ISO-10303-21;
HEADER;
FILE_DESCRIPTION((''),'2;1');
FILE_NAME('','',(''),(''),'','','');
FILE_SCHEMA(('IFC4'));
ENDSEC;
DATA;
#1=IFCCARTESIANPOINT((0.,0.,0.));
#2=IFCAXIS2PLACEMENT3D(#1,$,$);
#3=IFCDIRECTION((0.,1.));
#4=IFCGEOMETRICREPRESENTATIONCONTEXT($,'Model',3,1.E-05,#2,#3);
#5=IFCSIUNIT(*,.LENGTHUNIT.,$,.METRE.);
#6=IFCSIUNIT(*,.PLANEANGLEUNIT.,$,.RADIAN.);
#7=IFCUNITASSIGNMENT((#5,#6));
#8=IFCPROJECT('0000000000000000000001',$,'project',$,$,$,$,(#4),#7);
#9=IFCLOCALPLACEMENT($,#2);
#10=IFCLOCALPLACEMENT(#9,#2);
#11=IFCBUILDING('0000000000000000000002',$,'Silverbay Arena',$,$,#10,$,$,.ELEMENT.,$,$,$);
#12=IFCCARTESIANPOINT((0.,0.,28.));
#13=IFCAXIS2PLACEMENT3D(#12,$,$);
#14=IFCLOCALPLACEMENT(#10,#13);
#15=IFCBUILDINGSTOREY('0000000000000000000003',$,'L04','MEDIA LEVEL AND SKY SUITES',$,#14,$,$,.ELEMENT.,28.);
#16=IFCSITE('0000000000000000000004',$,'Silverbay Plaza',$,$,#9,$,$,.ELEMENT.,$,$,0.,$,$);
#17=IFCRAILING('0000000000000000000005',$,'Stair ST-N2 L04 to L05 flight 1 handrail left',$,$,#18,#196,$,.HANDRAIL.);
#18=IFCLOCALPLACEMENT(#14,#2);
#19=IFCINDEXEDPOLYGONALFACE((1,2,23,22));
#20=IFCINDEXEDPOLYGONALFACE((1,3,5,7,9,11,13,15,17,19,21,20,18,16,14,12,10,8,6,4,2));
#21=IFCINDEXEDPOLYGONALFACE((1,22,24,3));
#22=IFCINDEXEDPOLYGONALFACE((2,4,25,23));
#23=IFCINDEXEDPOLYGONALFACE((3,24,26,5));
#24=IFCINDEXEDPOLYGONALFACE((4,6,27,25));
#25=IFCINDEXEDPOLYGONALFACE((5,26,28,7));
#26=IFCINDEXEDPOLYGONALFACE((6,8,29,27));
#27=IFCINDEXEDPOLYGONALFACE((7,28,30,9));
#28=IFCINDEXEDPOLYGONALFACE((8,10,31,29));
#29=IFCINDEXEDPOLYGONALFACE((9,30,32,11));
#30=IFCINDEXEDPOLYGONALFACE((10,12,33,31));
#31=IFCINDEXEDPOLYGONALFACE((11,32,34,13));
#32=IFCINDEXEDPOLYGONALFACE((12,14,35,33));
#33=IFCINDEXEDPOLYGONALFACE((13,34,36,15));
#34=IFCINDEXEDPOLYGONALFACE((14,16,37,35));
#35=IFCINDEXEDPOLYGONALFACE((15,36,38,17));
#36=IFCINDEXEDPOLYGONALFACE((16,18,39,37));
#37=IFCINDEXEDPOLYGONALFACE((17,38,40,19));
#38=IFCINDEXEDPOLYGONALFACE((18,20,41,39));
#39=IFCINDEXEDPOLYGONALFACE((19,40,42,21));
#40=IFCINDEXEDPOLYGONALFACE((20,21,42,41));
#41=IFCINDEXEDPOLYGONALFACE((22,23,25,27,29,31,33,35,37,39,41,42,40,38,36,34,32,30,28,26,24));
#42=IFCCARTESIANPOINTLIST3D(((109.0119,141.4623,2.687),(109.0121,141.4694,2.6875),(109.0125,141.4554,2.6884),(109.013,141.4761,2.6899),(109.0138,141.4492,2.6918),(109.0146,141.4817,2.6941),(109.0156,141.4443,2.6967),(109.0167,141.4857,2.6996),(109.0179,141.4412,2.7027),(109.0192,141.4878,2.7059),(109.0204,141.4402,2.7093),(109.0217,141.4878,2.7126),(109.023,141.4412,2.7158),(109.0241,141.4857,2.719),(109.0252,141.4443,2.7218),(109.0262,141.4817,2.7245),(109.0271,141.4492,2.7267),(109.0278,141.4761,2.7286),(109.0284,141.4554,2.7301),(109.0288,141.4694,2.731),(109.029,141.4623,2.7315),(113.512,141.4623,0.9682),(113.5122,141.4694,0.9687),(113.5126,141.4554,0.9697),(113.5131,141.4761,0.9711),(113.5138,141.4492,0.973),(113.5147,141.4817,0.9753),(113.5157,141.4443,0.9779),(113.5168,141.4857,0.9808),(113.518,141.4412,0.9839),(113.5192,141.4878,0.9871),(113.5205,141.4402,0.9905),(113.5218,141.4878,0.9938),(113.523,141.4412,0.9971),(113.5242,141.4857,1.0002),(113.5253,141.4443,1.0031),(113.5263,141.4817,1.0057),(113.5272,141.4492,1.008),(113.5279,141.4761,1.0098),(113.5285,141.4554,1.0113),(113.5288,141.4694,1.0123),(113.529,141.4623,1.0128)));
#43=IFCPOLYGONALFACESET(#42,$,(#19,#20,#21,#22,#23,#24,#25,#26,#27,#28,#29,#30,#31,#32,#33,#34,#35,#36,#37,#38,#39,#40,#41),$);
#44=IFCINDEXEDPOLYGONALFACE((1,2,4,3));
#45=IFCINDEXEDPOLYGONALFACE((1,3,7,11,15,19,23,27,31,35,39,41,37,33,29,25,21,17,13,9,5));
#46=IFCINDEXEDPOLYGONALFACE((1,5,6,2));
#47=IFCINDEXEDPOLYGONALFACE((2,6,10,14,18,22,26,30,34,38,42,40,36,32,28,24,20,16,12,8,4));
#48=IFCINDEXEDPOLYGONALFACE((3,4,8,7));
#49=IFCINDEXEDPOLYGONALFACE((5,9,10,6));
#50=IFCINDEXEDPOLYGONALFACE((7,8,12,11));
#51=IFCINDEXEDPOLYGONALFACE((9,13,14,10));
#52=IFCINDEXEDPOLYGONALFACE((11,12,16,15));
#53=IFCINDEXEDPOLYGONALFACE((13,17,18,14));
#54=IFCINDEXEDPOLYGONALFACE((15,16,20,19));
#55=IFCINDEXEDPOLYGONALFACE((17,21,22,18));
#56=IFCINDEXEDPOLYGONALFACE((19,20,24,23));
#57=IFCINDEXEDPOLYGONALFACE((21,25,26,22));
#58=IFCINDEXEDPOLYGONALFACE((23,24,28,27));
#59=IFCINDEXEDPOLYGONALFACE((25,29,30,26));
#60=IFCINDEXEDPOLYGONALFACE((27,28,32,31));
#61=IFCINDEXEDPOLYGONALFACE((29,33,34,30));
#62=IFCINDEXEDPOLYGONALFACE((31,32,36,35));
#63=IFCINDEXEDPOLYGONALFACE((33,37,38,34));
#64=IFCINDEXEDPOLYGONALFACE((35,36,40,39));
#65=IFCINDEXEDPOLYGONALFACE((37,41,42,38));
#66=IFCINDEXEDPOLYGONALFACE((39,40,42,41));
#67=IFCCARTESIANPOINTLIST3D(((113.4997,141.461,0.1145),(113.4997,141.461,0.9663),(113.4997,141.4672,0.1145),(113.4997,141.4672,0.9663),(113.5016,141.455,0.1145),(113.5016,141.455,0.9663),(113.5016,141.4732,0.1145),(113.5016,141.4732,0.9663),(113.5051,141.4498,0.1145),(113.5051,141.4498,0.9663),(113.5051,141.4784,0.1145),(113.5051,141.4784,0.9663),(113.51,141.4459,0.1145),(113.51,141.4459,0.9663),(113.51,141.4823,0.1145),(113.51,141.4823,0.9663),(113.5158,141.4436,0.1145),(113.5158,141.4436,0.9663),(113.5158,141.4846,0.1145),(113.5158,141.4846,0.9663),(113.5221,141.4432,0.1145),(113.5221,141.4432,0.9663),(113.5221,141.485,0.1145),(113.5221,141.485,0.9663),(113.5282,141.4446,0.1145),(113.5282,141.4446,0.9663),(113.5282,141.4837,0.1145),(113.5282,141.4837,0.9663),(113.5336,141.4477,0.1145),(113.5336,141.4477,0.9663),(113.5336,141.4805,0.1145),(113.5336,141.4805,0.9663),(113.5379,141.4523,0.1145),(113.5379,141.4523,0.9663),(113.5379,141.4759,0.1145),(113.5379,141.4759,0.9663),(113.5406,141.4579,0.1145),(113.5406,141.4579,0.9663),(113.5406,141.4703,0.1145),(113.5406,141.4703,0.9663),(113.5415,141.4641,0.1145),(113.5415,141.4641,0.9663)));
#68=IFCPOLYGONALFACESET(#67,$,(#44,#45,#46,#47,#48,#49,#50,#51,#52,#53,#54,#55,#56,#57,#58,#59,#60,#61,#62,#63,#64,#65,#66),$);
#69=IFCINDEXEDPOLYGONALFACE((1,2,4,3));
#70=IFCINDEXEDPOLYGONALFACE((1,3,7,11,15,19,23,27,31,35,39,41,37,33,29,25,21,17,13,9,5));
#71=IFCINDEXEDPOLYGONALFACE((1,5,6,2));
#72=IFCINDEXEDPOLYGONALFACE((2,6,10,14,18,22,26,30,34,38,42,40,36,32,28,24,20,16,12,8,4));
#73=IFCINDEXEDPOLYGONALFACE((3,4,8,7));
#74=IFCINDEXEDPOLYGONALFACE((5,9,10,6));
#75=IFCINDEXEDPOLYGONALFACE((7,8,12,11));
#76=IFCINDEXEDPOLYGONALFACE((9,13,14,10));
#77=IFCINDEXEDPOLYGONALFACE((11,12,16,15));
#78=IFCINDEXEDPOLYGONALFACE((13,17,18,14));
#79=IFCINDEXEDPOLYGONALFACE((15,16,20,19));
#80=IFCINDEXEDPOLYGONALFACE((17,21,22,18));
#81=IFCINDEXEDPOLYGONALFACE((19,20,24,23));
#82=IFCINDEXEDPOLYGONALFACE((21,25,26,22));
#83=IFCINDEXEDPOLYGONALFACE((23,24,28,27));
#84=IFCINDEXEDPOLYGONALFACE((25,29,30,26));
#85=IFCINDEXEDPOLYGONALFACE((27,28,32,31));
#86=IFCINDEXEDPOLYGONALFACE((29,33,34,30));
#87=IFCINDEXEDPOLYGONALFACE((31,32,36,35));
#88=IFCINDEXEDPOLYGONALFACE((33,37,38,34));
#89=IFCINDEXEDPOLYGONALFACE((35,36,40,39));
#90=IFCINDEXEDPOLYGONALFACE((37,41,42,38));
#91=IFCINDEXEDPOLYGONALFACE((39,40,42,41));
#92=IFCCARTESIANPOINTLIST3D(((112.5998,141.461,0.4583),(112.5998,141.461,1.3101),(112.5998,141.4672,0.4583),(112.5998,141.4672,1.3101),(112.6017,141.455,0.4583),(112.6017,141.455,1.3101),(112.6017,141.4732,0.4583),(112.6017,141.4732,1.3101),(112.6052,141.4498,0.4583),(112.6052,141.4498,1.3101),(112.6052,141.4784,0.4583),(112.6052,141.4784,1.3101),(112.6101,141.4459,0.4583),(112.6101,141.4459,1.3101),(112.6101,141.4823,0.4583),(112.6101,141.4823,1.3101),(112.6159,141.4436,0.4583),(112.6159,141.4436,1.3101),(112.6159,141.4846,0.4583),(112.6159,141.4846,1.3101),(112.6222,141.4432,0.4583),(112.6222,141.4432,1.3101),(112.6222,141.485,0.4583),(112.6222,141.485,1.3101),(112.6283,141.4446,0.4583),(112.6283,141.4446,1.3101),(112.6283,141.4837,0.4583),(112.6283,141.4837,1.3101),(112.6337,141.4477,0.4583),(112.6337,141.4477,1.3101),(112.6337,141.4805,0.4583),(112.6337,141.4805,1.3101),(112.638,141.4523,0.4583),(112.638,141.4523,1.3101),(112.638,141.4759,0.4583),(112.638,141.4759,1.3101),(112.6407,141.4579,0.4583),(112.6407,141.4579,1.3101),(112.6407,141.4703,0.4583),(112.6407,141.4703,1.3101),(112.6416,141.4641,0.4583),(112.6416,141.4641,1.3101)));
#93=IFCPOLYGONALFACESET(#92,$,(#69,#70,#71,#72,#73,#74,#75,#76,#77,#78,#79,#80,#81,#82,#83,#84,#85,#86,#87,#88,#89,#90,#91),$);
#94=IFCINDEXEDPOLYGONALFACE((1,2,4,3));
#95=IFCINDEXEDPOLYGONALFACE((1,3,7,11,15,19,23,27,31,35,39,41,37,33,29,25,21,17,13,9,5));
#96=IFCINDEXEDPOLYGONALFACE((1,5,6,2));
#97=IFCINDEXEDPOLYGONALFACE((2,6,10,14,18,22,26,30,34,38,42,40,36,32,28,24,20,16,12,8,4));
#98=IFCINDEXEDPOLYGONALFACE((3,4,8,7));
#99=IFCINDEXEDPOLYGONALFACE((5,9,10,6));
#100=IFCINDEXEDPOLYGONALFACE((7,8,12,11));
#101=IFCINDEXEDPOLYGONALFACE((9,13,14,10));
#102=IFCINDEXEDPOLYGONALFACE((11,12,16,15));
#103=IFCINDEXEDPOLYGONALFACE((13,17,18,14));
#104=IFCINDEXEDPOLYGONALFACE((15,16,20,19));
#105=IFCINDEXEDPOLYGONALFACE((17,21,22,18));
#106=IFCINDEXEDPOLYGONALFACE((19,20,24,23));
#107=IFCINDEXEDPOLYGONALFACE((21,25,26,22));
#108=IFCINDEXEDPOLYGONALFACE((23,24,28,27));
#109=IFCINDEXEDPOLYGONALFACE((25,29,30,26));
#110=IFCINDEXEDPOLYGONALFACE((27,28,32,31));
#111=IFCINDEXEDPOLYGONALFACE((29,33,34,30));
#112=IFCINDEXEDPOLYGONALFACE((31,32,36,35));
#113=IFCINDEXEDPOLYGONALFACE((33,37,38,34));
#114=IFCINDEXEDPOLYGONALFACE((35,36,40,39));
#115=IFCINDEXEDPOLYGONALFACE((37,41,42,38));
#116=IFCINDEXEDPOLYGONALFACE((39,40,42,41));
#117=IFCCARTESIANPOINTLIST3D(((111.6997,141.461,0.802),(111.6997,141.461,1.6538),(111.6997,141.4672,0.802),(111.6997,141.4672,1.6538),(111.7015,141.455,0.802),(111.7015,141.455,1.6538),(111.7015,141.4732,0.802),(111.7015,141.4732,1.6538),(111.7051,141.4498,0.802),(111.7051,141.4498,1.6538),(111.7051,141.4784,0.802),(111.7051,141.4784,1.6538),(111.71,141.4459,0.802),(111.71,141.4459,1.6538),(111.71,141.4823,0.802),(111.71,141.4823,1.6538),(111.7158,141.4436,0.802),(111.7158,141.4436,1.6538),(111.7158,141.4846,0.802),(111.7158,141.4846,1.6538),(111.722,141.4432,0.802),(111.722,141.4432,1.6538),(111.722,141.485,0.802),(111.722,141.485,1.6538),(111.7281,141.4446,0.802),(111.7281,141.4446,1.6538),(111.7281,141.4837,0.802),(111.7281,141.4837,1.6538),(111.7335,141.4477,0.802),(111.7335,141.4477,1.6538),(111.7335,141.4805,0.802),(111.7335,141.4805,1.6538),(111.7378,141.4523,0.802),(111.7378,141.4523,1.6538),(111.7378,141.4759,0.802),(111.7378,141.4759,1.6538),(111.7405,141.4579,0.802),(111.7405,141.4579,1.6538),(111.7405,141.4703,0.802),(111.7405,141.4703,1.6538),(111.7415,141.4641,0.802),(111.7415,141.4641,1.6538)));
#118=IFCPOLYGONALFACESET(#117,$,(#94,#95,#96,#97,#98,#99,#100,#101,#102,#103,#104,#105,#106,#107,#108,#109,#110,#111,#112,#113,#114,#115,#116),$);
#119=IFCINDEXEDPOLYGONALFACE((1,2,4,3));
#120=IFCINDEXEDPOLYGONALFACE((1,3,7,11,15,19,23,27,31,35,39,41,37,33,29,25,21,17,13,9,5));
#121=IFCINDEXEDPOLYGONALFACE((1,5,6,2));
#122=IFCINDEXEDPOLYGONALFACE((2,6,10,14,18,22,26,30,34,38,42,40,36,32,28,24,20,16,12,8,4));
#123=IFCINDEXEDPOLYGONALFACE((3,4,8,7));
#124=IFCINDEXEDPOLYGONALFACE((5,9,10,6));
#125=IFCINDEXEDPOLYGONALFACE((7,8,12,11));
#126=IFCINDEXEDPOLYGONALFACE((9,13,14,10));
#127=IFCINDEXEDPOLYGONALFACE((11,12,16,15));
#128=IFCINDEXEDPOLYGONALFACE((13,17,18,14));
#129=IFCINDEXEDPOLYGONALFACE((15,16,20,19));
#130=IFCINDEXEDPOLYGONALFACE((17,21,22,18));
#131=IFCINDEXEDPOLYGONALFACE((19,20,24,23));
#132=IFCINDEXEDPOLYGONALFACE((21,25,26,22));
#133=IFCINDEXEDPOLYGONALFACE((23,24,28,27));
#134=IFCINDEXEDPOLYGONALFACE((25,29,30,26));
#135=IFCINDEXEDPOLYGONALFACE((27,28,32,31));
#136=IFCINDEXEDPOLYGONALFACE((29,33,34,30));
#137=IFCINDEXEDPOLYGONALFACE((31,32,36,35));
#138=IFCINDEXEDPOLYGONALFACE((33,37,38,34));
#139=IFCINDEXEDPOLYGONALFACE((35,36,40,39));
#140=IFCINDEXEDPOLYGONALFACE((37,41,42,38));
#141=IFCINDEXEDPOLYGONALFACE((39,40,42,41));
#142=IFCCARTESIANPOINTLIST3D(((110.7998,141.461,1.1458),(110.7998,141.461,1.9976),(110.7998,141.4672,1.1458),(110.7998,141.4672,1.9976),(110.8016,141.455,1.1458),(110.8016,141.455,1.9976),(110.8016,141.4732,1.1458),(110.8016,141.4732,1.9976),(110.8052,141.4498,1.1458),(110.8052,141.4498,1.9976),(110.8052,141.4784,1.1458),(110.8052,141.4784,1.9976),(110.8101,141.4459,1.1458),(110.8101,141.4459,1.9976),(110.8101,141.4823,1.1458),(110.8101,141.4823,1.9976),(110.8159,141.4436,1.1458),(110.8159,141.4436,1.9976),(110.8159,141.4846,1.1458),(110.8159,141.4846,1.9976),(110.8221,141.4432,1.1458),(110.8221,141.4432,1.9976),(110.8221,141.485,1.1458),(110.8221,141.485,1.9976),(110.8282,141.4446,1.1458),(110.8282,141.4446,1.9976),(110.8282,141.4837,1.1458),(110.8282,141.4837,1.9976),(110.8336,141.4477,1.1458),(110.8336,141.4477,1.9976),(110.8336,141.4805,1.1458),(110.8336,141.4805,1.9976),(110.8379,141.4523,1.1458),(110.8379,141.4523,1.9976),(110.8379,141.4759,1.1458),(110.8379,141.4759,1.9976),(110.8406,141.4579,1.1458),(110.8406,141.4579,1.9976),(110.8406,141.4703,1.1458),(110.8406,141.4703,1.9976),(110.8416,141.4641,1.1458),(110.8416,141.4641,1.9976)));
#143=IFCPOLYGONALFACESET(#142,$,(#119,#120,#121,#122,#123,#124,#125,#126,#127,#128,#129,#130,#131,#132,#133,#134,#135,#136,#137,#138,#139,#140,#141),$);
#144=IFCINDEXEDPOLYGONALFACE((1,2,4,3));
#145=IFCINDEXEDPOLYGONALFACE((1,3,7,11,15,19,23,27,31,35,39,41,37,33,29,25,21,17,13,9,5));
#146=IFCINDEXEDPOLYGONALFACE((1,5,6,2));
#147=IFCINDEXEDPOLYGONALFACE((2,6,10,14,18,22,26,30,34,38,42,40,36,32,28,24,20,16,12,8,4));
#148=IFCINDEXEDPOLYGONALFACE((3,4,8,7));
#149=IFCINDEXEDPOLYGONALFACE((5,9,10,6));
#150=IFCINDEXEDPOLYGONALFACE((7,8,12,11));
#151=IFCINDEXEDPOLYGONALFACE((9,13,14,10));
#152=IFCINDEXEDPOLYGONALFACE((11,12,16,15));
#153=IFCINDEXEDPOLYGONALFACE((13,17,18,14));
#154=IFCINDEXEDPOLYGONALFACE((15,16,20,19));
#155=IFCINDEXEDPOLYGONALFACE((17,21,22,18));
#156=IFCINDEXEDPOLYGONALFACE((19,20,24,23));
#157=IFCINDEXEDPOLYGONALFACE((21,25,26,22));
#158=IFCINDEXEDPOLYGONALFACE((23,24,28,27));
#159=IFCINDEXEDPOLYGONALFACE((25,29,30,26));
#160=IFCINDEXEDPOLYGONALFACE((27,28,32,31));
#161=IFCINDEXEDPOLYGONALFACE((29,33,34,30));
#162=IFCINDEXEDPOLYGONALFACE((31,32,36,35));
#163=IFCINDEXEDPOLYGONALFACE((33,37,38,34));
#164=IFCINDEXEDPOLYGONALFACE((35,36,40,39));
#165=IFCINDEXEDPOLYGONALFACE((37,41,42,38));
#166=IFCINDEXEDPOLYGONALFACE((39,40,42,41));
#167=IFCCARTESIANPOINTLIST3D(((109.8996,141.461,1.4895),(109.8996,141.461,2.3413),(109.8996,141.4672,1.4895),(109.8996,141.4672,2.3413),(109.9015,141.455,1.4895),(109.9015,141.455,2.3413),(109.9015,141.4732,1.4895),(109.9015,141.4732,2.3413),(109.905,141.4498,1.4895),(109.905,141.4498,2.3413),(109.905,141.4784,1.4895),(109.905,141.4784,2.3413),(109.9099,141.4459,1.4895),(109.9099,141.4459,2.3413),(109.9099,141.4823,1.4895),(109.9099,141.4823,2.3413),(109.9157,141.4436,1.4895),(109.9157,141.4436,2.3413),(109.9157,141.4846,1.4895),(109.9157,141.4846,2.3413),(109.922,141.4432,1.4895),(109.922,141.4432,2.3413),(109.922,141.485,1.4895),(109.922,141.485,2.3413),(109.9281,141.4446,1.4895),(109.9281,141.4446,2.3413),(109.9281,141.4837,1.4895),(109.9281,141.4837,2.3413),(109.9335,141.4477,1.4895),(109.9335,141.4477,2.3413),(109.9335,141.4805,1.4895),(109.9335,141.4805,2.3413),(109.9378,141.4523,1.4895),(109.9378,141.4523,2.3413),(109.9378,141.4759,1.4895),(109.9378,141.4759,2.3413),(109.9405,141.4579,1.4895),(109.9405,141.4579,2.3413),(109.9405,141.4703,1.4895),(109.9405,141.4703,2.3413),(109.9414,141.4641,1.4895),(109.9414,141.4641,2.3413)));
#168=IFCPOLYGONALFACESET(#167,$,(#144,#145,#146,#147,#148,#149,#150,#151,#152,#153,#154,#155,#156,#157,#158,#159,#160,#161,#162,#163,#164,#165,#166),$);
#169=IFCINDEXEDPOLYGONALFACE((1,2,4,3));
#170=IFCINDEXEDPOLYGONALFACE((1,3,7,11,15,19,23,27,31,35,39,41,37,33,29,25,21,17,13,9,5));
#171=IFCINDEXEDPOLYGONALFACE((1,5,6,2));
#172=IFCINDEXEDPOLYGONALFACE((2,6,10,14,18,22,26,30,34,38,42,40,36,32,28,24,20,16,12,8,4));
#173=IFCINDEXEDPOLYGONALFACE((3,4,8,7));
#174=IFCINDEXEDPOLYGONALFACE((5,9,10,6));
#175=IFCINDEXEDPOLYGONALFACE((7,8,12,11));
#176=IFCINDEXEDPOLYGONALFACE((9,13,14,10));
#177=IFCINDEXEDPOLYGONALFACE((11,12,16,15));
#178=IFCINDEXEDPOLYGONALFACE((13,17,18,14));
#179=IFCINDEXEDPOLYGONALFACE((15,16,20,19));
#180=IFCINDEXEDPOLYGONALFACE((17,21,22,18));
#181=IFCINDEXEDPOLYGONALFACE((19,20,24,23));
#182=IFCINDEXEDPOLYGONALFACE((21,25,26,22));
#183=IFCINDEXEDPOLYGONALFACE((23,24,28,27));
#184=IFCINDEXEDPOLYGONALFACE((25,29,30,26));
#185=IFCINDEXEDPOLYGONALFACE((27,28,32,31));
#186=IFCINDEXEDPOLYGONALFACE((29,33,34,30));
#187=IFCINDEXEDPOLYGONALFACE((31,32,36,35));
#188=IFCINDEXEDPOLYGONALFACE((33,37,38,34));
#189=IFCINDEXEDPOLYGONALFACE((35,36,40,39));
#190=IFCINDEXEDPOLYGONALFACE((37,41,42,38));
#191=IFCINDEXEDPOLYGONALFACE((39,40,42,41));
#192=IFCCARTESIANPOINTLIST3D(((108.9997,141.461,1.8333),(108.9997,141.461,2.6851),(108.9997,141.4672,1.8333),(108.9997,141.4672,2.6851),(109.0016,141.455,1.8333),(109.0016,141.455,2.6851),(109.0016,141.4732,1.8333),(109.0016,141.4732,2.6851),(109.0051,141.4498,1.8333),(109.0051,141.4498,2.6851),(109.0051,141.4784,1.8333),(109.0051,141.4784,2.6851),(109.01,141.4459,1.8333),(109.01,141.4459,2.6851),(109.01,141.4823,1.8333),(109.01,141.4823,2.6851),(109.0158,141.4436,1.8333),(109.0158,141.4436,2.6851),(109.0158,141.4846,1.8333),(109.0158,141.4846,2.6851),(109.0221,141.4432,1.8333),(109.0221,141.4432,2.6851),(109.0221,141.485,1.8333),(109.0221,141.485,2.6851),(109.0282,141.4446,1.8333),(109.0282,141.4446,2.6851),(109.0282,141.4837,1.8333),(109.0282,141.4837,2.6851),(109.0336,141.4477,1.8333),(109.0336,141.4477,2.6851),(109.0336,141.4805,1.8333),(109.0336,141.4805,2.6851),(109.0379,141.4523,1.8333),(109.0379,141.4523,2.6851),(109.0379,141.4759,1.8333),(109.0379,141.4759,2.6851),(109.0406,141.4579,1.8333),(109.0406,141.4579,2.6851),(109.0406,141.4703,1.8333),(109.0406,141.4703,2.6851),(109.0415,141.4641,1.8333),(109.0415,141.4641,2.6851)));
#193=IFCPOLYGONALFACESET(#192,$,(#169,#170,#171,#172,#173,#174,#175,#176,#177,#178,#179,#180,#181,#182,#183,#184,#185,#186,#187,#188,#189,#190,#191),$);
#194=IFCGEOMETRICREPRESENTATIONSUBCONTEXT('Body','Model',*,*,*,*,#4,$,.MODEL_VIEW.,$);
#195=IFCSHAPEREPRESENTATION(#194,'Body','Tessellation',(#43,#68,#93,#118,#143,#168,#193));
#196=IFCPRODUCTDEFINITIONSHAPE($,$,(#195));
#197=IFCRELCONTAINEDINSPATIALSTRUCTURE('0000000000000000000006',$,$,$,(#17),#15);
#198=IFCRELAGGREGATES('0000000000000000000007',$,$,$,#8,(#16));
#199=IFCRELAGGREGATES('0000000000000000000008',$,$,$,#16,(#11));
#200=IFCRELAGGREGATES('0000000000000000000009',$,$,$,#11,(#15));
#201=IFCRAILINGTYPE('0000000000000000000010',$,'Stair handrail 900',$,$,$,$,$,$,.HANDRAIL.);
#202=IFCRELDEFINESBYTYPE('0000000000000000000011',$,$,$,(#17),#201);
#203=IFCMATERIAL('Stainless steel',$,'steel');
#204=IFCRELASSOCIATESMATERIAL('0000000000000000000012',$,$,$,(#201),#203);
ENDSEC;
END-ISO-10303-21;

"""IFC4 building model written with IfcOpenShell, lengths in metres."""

from ifc_helpers import new_model, si_unit, direction, frame, origin, origin_2d, place, context, subcontext, project, spatial, circle, extrude, material, type_object, element, save


model = new_model("IFC4")

# Units and contexts
model_context = context("Model", 3, precision=1e-05, world=origin(), true_north=direction((0.0, 1.0)))
body_context = subcontext(model_context, "Body", "Model", "MODEL_VIEW")
ifc_project = project(units=[si_unit("LENGTHUNIT", "METRE"), si_unit("PLANEANGLEUNIT", "RADIAN")], contexts=[model_context])

# Site, building, storey
site_placement = place(None, origin())
site = spatial("IfcSite", under=ifc_project, at=site_placement, Name="Silverbay Plaza", CompositionType="ELEMENT", RefElevation=0.0)
building_placement = place(site_placement, origin())
building = spatial("IfcBuilding", under=site, at=building_placement, Name="Silverbay Arena", CompositionType="ELEMENT")
storey_placement = place(building_placement, frame((0.0, 0.0, 28.0)))
storey = spatial("IfcBuildingStorey", under=building, at=storey_placement, Name="L04", Description="MEDIA LEVEL AND SKY SUITES", CompositionType="ELEMENT", Elevation=28.0)

# Railing
ifc_material_1 = material(Name="Stainless steel", Category="steel")
railing_type_1 = type_object("IfcRailingType", Name="Stair handrail 900", PredefinedType="HANDRAIL", material=ifc_material_1)
for number, where, name in (
    (1, (113.5205, 141.4641, 0.1145), "Stair ST-N2 L04 to L05 flight 1 handrail left"),
):
    element("IfcRailing", number, at=place(storey_placement, frame(where)), inside=storey, type_object=railing_type_1, Name=name, PredefinedType="HANDRAIL", context=body_context, shape_type="SweptSolid", body=[
        extrude(circle(Radius=0.0239, at=origin_2d()), frame((0.0, 0.0, 0.876), z_axis=(-0.934179, 0.0, 0.356805), x_axis=(0.0, -1.0, 0.0)), (0.0, 0.0, 1.0), 4.8171),
        extrude(circle(Radius=0.021, at=origin_2d()), origin(), (0.0, 0.0, 1.0), 0.8518),
        extrude(circle(Radius=0.021, at=origin_2d()), frame((-0.8999, 0.0, 0.3438)), (0.0, 0.0, 1.0), 0.8518),
        extrude(circle(Radius=0.021, at=origin_2d()), frame((-1.8, 0.0, 0.6875)), (0.0, 0.0, 1.0), 0.8518),
        extrude(circle(Radius=0.021, at=origin_2d()), frame((-2.7, 0.0, 1.0312)), (0.0, 0.0, 1.0), 0.8518),
        extrude(circle(Radius=0.021, at=origin_2d()), frame((-3.6001, 0.0, 1.375)), (0.0, 0.0, 1.0), 0.8518),
        extrude(circle(Radius=0.021, at=origin_2d()), frame((-4.5, 0.0, 1.7188)), (0.0, 0.0, 1.0), 0.8518),
    ])

save(model, "model.ifc")
